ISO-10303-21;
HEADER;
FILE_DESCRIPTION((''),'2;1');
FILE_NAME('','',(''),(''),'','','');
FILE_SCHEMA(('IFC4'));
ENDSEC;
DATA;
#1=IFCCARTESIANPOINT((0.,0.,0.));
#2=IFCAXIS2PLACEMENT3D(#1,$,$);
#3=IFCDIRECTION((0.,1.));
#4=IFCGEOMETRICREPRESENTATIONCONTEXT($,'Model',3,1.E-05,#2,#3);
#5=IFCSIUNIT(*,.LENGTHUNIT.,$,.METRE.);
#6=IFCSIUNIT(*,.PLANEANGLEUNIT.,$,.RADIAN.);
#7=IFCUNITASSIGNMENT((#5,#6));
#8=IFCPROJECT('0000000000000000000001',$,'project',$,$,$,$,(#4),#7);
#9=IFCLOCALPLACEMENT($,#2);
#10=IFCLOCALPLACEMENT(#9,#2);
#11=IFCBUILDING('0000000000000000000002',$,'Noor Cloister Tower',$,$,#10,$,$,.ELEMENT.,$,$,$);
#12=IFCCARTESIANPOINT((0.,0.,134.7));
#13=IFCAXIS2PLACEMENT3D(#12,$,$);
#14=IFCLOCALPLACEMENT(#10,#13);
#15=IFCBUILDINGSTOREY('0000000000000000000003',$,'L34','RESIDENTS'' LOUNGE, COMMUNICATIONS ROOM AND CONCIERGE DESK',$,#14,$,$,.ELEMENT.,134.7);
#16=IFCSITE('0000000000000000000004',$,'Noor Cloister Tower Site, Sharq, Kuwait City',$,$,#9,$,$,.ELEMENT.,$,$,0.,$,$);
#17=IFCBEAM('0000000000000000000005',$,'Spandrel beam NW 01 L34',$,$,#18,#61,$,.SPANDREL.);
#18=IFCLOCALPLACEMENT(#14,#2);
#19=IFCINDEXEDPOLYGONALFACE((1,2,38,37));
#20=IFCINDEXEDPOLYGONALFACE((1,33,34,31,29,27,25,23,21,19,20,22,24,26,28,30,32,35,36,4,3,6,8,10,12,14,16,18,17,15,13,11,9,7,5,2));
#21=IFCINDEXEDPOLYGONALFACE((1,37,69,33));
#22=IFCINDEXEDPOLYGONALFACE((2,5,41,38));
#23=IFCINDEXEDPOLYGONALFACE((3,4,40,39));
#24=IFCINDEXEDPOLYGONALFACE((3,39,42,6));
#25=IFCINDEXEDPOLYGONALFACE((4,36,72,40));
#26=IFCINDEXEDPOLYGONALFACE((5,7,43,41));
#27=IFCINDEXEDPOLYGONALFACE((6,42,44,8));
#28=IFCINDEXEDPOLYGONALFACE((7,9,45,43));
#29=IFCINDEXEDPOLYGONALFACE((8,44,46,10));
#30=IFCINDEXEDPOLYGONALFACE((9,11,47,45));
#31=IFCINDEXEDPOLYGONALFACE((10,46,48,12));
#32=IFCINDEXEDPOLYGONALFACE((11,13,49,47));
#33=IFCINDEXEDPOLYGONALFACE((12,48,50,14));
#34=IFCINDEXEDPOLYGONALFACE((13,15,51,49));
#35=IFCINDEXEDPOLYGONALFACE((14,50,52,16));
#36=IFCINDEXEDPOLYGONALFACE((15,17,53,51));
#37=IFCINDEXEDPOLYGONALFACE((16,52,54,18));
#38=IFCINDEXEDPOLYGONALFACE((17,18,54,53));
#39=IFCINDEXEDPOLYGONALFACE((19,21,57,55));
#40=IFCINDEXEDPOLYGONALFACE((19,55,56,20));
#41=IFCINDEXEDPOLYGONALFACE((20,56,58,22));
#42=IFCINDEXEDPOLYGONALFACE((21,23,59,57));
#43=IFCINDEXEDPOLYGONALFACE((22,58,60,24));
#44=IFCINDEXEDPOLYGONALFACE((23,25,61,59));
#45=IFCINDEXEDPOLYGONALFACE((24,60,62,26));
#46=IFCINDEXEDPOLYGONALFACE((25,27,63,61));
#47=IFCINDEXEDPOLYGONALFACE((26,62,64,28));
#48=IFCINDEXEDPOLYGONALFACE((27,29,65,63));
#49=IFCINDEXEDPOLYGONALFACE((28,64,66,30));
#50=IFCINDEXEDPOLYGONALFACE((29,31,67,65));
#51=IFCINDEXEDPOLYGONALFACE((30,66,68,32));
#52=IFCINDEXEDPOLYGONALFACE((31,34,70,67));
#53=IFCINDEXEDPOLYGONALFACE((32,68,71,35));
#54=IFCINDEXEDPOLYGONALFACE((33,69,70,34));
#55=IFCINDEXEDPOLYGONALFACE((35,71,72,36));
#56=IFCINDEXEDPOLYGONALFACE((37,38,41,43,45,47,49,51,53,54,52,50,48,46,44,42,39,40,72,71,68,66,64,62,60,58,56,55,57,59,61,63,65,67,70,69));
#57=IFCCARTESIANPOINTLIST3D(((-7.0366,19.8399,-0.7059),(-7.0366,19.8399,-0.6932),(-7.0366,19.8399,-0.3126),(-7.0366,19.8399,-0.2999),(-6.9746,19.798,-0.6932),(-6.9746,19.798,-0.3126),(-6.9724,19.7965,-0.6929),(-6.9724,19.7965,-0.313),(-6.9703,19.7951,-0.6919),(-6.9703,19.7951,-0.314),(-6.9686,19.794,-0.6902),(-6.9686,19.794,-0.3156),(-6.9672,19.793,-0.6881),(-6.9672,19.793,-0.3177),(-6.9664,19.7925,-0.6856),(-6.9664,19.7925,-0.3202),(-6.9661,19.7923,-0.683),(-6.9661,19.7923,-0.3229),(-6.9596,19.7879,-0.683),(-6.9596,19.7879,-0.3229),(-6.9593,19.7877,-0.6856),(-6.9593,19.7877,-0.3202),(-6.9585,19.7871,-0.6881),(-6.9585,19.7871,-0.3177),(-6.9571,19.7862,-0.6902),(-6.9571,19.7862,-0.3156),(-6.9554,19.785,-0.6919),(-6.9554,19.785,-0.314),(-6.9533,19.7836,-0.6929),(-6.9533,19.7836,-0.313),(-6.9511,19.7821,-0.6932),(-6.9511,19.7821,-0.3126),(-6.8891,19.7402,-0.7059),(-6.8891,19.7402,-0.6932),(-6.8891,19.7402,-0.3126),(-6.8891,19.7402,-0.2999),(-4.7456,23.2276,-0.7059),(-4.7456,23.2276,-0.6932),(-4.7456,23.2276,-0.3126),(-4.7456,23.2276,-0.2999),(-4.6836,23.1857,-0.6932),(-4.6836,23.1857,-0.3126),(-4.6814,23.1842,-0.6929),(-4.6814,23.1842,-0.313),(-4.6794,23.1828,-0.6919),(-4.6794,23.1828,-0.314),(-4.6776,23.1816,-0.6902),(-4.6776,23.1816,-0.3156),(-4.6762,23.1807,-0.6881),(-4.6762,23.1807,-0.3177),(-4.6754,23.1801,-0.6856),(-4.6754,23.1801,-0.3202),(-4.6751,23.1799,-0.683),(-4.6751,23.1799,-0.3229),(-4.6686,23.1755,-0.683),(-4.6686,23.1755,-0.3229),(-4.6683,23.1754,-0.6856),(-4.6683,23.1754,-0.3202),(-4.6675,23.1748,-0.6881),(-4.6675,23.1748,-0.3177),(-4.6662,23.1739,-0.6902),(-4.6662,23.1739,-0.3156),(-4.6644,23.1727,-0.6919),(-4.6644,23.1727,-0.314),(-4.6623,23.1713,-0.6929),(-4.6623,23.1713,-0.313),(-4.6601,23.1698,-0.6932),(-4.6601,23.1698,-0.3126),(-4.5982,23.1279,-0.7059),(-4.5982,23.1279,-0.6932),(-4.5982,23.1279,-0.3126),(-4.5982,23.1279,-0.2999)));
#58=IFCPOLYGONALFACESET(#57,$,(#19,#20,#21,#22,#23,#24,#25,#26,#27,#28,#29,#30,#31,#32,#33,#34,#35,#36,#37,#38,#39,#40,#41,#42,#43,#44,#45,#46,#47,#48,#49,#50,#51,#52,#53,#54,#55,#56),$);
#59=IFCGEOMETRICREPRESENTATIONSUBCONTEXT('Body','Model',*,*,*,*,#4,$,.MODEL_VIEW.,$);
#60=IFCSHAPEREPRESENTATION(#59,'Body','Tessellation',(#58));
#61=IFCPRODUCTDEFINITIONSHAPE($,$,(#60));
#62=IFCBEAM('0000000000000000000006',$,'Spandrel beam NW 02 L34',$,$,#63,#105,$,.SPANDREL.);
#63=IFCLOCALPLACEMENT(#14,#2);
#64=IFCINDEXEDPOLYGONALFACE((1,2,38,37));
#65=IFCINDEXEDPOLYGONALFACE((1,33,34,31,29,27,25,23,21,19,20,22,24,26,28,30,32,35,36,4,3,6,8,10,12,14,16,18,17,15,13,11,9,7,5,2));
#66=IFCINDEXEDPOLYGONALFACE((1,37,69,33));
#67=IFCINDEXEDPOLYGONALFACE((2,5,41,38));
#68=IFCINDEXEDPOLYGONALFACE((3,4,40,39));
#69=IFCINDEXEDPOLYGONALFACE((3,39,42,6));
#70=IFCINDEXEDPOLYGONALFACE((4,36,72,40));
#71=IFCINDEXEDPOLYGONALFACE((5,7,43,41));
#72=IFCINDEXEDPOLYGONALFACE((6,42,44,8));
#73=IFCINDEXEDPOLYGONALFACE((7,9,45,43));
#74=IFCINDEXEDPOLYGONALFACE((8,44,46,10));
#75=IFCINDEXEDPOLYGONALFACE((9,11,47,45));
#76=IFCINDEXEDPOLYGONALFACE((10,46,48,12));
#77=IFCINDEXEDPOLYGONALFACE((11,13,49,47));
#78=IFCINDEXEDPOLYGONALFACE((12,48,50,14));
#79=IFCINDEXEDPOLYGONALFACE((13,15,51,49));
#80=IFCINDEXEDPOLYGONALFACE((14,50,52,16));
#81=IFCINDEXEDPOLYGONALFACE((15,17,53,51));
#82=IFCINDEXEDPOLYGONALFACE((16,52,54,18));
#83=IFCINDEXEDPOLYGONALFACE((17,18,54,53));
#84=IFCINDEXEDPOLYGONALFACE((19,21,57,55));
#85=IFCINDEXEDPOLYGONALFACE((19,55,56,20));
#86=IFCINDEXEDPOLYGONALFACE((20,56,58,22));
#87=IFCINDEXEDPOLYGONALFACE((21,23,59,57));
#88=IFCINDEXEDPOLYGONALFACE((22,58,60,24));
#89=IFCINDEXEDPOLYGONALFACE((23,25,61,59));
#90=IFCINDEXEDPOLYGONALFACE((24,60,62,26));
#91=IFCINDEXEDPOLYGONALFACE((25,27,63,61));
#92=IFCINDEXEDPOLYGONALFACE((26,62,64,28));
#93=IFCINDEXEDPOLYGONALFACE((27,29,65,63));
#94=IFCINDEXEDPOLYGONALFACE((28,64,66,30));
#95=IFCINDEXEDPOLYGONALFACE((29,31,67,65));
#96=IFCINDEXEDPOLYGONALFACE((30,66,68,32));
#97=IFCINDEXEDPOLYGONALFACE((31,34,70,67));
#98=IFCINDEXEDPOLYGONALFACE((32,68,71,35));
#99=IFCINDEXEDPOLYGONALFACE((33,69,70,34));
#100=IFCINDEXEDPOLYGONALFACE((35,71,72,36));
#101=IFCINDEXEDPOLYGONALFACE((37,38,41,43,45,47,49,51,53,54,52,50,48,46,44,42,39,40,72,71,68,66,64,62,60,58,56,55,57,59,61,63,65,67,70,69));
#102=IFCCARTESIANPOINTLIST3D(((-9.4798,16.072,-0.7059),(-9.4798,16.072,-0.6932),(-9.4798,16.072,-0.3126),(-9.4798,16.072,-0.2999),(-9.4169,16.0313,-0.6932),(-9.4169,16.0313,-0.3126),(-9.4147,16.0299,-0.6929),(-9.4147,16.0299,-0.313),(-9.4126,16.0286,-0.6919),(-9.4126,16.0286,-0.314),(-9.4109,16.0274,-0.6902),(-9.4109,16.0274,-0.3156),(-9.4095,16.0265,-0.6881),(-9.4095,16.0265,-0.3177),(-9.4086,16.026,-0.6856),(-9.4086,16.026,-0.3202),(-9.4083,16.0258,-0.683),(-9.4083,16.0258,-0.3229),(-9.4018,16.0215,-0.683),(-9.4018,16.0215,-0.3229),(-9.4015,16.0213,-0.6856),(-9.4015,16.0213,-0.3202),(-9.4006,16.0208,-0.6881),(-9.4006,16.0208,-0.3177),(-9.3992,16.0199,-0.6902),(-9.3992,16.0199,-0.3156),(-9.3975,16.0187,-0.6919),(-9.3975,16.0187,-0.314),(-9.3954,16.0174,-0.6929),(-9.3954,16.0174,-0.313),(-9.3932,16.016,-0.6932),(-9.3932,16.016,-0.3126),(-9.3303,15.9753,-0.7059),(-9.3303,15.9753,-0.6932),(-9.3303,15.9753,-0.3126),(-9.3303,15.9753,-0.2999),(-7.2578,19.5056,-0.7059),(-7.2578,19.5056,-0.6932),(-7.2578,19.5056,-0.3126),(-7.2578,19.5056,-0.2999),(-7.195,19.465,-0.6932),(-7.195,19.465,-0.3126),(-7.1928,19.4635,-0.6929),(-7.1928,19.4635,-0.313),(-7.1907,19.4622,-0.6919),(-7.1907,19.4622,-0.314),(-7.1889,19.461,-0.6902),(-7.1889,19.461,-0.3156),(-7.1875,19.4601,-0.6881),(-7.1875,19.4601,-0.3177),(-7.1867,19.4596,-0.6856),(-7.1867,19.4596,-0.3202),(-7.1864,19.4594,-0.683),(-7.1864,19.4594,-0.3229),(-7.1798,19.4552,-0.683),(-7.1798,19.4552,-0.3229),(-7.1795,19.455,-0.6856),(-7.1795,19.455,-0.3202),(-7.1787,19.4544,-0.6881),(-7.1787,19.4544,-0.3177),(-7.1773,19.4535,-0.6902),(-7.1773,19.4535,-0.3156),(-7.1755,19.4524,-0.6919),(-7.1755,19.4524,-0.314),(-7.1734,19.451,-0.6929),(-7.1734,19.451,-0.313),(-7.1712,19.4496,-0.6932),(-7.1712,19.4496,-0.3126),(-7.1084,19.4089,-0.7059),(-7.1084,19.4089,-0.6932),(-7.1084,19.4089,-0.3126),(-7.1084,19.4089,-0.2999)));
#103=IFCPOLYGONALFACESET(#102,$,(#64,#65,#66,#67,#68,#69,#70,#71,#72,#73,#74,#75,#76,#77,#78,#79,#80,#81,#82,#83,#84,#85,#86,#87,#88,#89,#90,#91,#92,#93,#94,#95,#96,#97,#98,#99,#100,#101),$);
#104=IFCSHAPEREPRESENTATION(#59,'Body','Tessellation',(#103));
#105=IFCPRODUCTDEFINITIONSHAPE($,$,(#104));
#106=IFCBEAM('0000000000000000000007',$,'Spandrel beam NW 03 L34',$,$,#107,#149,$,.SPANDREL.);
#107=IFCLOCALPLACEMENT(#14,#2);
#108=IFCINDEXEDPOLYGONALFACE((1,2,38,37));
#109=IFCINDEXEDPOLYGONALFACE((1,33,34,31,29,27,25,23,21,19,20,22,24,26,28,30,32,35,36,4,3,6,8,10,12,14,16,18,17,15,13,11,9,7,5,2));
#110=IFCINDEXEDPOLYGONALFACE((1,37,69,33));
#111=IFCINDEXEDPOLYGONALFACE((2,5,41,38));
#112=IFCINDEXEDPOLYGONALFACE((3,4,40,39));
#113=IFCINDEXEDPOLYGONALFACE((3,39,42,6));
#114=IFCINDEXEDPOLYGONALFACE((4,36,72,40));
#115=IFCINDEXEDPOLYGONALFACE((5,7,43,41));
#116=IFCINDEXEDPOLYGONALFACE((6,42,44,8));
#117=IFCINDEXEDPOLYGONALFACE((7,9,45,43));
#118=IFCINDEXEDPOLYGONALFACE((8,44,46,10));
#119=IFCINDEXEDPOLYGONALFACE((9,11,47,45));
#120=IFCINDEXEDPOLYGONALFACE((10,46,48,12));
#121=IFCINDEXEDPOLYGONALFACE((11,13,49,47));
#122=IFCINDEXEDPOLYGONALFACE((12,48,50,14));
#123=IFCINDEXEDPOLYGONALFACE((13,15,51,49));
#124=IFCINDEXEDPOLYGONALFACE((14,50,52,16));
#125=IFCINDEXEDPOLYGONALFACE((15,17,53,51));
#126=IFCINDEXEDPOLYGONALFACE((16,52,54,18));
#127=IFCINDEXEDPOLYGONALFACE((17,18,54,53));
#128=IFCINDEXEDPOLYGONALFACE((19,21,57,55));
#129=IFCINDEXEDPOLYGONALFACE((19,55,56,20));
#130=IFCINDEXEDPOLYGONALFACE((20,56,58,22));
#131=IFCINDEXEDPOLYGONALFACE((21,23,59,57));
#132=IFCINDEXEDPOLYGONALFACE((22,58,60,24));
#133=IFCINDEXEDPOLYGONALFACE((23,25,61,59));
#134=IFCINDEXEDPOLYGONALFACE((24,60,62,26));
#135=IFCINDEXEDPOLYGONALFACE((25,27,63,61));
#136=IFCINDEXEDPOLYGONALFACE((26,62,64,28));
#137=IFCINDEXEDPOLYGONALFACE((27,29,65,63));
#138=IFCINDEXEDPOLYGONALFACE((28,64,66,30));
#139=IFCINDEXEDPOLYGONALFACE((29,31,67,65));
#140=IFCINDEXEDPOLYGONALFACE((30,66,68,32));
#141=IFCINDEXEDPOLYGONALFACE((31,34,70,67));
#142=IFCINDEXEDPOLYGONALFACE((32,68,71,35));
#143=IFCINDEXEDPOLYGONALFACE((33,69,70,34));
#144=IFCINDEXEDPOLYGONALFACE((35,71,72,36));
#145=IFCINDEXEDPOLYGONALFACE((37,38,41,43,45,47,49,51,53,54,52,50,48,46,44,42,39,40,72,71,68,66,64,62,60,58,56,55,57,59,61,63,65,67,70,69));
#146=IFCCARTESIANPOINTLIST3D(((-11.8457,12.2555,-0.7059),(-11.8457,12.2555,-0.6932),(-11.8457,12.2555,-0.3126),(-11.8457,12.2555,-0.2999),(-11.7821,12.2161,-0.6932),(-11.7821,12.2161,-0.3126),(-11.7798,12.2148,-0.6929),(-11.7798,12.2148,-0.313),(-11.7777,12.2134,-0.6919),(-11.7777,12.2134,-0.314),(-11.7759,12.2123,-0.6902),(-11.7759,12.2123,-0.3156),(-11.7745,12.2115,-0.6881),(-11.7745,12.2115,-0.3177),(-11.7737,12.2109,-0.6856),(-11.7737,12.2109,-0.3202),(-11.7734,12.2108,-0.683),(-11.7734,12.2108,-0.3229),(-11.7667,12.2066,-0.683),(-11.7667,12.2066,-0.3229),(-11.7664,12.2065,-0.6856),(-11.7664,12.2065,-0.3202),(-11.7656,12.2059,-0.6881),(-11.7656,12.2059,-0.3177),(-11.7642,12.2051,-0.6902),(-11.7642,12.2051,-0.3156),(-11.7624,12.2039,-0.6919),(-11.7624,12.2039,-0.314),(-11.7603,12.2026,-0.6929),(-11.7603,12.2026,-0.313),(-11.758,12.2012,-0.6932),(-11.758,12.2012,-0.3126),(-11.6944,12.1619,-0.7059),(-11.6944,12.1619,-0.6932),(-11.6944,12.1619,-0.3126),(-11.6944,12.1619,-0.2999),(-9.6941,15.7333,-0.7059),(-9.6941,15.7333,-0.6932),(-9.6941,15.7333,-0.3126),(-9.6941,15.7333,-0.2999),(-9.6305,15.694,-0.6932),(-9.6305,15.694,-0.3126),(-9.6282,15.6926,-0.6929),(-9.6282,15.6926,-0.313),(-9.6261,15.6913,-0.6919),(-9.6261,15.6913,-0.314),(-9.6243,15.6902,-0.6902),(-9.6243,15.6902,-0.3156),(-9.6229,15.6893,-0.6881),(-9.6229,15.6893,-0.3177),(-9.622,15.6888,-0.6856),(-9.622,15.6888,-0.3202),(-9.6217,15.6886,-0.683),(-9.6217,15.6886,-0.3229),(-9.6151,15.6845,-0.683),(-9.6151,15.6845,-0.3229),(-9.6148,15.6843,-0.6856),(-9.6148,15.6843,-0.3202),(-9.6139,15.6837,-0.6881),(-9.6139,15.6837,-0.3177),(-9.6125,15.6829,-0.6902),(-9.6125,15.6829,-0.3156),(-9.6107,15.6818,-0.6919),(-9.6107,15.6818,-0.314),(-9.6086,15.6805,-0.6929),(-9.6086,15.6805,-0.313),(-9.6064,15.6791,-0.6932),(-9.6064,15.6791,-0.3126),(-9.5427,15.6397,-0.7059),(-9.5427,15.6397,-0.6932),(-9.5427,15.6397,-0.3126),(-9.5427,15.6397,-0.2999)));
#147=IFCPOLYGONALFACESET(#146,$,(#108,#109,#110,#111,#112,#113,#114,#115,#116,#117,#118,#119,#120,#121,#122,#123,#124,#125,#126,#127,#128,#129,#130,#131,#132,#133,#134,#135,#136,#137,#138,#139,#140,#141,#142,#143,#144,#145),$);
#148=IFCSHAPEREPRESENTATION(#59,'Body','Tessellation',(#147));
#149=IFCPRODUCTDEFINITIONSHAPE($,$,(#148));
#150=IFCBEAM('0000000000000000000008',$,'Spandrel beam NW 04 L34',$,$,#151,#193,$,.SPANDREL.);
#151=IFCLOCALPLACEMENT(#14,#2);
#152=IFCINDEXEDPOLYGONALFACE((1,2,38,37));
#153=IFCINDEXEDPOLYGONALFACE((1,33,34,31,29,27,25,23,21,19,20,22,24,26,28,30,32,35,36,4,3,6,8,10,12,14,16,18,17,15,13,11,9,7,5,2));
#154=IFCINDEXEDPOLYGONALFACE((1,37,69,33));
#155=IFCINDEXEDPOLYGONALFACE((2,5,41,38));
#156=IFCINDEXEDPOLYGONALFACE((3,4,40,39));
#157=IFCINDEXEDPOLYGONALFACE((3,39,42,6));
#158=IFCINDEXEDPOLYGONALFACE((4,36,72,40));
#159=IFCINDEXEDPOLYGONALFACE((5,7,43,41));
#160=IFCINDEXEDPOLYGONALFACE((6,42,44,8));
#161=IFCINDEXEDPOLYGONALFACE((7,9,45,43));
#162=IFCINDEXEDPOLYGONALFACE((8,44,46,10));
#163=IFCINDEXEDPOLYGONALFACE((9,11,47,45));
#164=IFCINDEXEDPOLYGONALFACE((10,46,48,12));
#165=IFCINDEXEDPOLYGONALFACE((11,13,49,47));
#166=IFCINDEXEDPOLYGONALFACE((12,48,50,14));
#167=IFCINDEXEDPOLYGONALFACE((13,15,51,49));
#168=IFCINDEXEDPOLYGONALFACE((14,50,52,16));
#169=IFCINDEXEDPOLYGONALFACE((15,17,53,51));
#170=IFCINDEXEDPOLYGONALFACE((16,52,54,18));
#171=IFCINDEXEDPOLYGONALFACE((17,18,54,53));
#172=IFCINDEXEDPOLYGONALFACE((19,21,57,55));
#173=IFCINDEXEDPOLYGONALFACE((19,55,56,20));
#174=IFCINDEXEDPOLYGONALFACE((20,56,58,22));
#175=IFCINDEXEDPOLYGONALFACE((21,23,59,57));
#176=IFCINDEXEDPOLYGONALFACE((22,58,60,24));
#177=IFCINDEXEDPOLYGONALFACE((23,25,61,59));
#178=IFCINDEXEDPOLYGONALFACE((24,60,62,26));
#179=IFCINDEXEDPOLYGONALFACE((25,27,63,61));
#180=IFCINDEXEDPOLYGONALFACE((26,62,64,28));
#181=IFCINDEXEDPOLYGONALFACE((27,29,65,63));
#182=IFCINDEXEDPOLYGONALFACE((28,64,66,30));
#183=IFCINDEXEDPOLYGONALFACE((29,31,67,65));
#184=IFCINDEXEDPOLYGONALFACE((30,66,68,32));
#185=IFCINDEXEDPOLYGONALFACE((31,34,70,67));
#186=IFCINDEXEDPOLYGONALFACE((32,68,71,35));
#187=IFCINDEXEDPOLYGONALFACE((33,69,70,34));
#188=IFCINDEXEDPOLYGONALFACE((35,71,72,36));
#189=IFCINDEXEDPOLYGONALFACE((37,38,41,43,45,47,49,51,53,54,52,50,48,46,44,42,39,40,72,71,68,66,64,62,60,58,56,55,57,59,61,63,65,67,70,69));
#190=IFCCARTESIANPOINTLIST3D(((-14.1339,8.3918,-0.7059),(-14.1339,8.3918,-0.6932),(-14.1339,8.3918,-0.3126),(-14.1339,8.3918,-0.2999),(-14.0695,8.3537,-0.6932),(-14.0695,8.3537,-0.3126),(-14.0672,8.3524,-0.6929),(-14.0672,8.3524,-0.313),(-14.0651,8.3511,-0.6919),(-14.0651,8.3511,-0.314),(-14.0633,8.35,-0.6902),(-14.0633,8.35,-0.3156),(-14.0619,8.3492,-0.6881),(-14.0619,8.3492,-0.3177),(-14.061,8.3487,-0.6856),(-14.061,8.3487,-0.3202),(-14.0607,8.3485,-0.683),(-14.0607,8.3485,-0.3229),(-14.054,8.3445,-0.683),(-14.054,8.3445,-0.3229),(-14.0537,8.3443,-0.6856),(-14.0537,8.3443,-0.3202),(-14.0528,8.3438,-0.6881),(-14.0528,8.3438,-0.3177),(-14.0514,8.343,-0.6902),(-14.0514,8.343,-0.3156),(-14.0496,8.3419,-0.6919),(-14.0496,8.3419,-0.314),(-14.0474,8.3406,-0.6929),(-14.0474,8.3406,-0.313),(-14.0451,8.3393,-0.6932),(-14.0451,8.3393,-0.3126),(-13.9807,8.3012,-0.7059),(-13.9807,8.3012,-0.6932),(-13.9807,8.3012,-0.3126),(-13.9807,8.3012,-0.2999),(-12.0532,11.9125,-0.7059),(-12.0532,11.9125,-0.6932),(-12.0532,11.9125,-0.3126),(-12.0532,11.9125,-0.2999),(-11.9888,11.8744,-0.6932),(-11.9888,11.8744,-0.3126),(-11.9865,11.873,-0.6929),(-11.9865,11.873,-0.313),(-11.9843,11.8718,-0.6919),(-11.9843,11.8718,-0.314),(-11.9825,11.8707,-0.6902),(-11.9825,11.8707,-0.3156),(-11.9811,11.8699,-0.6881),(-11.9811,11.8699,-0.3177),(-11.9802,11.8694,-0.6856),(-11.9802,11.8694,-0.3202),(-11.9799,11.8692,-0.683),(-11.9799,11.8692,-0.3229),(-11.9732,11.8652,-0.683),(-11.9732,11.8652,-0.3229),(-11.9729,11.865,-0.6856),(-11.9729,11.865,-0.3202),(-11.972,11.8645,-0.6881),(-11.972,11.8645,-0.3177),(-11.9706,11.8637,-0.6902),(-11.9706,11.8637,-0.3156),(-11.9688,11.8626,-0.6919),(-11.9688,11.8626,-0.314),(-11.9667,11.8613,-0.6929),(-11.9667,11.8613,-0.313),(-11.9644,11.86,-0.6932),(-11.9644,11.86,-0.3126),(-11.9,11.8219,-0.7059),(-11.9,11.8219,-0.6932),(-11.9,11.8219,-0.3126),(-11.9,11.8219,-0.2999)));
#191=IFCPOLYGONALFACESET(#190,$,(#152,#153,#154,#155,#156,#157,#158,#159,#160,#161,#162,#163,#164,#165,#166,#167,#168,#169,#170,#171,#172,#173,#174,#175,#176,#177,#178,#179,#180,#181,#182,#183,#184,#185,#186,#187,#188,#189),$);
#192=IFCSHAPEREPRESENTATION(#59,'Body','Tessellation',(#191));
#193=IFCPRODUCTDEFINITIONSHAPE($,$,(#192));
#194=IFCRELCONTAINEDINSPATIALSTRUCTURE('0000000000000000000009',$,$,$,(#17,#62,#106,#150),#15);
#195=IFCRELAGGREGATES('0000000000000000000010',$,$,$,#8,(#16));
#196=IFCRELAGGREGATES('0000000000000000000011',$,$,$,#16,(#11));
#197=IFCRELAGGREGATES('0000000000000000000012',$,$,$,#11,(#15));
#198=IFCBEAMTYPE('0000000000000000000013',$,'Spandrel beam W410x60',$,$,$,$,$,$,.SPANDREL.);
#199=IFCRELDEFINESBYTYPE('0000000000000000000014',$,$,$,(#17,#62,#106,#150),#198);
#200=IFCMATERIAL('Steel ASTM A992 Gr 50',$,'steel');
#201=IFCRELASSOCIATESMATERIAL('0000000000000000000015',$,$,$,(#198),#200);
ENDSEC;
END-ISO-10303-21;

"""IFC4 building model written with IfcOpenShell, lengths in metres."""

from ifc_helpers import new_model, si_unit, direction, frame, origin, origin_2d, place, context, subcontext, project, spatial, i_section, extrude, material, material_profile, profile_set, type_object, element, save


model = new_model("IFC4")

# Units and contexts
model_context = context("Model", 3, precision=1e-05, world=origin(), true_north=direction((0.0, 1.0)))
body_context = subcontext(model_context, "Body", "Model", "MODEL_VIEW")
ifc_project = project(units=[si_unit("LENGTHUNIT", "METRE"), si_unit("PLANEANGLEUNIT", "RADIAN")], contexts=[model_context])

# Site, building, storey
site_placement = place(None, origin())
site = spatial("IfcSite", under=ifc_project, at=site_placement, Name="Noor Cloister Tower Site, Sharq, Kuwait City", CompositionType="ELEMENT", RefElevation=0.0)
building_placement = place(site_placement, origin())
building = spatial("IfcBuilding", under=site, at=building_placement, Name="Noor Cloister Tower", CompositionType="ELEMENT")
storey_placement = place(building_placement, frame((0.0, 0.0, 134.7)))
storey = spatial("IfcBuildingStorey", under=building, at=storey_placement, Name="L34", Description="RESIDENTS' LOUNGE, COMMUNICATIONS ROOM AND CONCIERGE DESK", CompositionType="ELEMENT", Elevation=134.7)

# Beams
ifc_material_1 = material(Name="Steel ASTM A992 Gr 50", Category="steel")
ifc_material_profile_1 = material_profile(ifc_material_1, i_section(OverallWidth=0.178, OverallDepth=0.406, WebThickness=0.0078, FlangeThickness=0.0127, FilletRadius=0.0103, at=origin_2d()), Name="W410x60")
ifc_profile_set_1 = profile_set([ifc_material_profile_1], Name="Steel ASTM A992 Gr 50")
beam_type_1 = type_object("IfcBeamType", Name="Spandrel beam W410x60", PredefinedType="SPANDREL", material=ifc_profile_set_1)
beam_1_placement = place(storey_placement, frame((-4.6719, 23.1777, -0.5029), z_axis=(-0.560199, -0.828358, 0.0), x_axis=(0.828358, -0.560199, 0.0)))
element("IfcBeam", 1, at=beam_1_placement, inside=storey, type_object=beam_type_1, Name="Spandrel beam NW 01 L34", PredefinedType="SPANDREL", context=body_context, shape_type="SweptSolid", body=[
    extrude(i_section(OverallWidth=0.178, OverallDepth=0.406, WebThickness=0.0078, FlangeThickness=0.0127, FilletRadius=0.0103, at=origin_2d()), origin(), (0.0, 0.0, 1.0), 4.0896),
])
beam_2_placement = place(storey_placement, frame((-7.1831, 19.4573, -0.5029), z_axis=(-0.543283, -0.839549, 0.0), x_axis=(0.839549, -0.543283, 0.0)))
element("IfcBeam", 2, at=beam_2_placement, inside=storey, type_object=beam_type_1, Name="Spandrel beam NW 02 L34", PredefinedType="SPANDREL", context=body_context, shape_type="SweptSolid", body=[
    extrude(i_section(OverallWidth=0.178, OverallDepth=0.406, WebThickness=0.0078, FlangeThickness=0.0127, FilletRadius=0.0103, at=origin_2d()), origin(), (0.0, 0.0, 1.0), 4.0898),
])
for number, where, z_axis, x_axis, name in (
    (3, (-9.6184, 15.6865, -0.5029), (-0.526124, -0.850408, 0.0), (0.850408, -0.526124, 0.0), "Spandrel beam NW 03 L34"),
    (4, (-11.9766, 11.8672, -0.5029), (-0.508796, -0.860887, 0.0), (0.860887, -0.508796, 0.0), "Spandrel beam NW 04 L34"),
):
    element("IfcBeam", number, at=place(storey_placement, frame(where, z_axis=z_axis, x_axis=x_axis)), inside=storey, type_object=beam_type_1, Name=name, PredefinedType="SPANDREL", context=body_context, shape_type="SweptSolid", body=[
        extrude(i_section(OverallWidth=0.178, OverallDepth=0.406, WebThickness=0.0078, FlangeThickness=0.0127, FilletRadius=0.0103, at=origin_2d()), origin(), (0.0, 0.0, 1.0), 4.0896),
    ])

save(model, "model.ifc")
